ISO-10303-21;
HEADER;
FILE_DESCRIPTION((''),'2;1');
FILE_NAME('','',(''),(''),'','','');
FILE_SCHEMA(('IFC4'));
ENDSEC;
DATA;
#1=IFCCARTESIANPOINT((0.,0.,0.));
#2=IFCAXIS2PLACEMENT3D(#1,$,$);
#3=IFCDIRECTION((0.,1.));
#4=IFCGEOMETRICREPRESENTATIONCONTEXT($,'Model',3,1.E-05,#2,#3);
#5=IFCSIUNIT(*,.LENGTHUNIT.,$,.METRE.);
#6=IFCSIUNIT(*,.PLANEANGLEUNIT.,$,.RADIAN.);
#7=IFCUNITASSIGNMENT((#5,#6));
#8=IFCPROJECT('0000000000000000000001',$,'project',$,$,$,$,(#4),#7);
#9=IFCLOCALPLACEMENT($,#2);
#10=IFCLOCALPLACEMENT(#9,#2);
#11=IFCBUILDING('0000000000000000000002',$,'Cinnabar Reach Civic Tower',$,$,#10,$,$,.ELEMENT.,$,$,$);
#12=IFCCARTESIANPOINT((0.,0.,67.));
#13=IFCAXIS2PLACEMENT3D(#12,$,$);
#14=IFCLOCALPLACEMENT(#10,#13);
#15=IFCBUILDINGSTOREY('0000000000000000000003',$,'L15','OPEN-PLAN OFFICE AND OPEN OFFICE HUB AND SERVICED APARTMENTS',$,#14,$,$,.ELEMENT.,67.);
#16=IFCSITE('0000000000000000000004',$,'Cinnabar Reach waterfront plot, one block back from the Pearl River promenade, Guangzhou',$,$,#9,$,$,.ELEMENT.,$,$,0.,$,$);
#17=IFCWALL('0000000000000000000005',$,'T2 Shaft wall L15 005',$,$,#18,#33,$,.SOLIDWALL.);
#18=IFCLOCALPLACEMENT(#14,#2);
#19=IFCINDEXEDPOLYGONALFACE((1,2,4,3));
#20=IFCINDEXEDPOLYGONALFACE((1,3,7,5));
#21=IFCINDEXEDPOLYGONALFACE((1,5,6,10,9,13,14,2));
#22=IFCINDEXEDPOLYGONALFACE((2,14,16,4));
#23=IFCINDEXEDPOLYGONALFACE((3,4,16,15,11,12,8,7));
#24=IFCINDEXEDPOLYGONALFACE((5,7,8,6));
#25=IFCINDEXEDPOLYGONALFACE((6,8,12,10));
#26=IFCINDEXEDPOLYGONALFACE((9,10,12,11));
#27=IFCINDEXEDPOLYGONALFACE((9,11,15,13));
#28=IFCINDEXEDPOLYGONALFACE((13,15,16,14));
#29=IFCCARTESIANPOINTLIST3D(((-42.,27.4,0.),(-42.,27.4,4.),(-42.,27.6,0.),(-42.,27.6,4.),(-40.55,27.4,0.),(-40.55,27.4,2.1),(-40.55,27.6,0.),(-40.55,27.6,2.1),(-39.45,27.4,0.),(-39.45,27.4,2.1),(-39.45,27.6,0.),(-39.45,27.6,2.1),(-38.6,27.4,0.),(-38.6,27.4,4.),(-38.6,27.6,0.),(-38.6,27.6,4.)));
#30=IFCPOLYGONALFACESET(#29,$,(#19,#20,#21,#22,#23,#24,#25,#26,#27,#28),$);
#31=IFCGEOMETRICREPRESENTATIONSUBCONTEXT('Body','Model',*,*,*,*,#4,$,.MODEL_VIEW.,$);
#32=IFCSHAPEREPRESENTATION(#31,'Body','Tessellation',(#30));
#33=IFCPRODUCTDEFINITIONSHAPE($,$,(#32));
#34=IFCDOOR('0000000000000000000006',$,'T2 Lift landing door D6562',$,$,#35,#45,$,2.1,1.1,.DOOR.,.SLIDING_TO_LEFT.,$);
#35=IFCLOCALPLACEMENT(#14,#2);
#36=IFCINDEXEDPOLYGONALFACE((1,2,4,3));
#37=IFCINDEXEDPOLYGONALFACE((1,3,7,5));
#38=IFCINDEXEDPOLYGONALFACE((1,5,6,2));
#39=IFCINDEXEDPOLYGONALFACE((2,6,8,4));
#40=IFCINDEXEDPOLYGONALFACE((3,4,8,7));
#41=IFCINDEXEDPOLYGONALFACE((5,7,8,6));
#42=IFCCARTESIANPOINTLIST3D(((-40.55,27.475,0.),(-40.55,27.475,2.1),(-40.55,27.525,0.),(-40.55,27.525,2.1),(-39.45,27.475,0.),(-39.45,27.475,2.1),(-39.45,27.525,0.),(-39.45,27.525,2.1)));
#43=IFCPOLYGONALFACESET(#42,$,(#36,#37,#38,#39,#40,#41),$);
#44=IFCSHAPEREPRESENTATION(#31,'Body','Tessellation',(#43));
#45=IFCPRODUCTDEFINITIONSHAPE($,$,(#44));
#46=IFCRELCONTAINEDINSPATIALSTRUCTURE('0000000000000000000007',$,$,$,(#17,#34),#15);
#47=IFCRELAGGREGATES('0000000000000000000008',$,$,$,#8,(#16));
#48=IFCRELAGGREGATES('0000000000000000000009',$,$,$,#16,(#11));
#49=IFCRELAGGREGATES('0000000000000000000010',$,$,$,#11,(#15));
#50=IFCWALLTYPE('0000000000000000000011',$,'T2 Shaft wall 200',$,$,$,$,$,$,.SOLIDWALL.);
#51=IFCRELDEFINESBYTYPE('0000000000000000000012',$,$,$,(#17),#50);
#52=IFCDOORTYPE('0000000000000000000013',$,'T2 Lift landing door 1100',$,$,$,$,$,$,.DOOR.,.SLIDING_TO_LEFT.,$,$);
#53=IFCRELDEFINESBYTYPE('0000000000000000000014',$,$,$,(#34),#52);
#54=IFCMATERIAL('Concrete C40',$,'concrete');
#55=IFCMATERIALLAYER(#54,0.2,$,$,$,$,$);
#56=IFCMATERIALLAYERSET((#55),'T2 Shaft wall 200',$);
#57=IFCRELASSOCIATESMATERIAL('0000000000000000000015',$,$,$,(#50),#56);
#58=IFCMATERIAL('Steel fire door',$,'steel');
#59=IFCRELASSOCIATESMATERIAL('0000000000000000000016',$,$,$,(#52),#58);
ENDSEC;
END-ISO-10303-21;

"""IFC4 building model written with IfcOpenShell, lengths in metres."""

from ifc_helpers import new_model, si_unit, direction, frame, frame_2d, origin, place, context, subcontext, project, spatial, rectangle, extrude, material, layer, layer_set, type_object, element, fill, save


model = new_model("IFC4")

# Units and contexts
model_context = context("Model", 3, precision=1e-05, world=origin(), true_north=direction((0.0, 1.0)))
body_context = subcontext(model_context, "Body", "Model", "MODEL_VIEW")
ifc_project = project(units=[si_unit("LENGTHUNIT", "METRE"), si_unit("PLANEANGLEUNIT", "RADIAN")], contexts=[model_context])

# Site, building, storey
site_placement = place(None, origin())
site = spatial("IfcSite", under=ifc_project, at=site_placement, Name="Cinnabar Reach waterfront plot, one block back from the Pearl River promenade, Guangzhou", CompositionType="ELEMENT", RefElevation=0.0)
building_placement = place(site_placement, origin())
building = spatial("IfcBuilding", under=site, at=building_placement, Name="Cinnabar Reach Civic Tower", CompositionType="ELEMENT")
storey_placement = place(building_placement, frame((0.0, 0.0, 67.0)))
storey = spatial("IfcBuildingStorey", under=building, at=storey_placement, Name="L15", Description="OPEN-PLAN OFFICE AND OPEN OFFICE HUB AND SERVICED APARTMENTS", CompositionType="ELEMENT", Elevation=67.0)

# Wall, opening, door
ifc_material_1 = material(Name="Concrete C40", Category="concrete")
ifc_layer_1 = layer(ifc_material_1, 0.2)
ifc_layer_set_1 = layer_set([ifc_layer_1], Name="T2 Shaft wall 200")
wall_type_1 = type_object("IfcWallType", Name="T2 Shaft wall 200", PredefinedType="SOLIDWALL", material=ifc_layer_set_1)
wall_1_placement = place(storey_placement, frame((-42.0, 27.5, 0.0), z_axis=(0.0, 0.0, 1.0), x_axis=(1.0, 0.0, 0.0)))
wall_1 = element("IfcWall", 1, at=wall_1_placement, inside=storey, type_object=wall_type_1, Name="T2 Shaft wall L15 005", PredefinedType="SOLIDWALL", context=body_context, shape_type="SweptSolid", body=[
    extrude(rectangle(XDim=3.4, YDim=0.2, at=frame_2d((1.7, 0.0))), origin(), (0.0, 0.0, 1.0), 4.0),
])
opening_1_placement = place(wall_1_placement, frame((1.45, 0.0, 0.0)))
opening_1 = element("IfcOpeningElement", 2, at=opening_1_placement, cuts=wall_1, PredefinedType="OPENING", context=body_context, shape_type="SweptSolid", body=[
    extrude(rectangle(XDim=1.1, YDim=2.1, at=frame_2d((0.55, 1.05))), frame((0.0, 0.11, 0.0), z_axis=(0.0, -1.0, 0.0), x_axis=(1.0, 0.0, 0.0)), (0.0, 0.0, 1.0), 0.22),
])
ifc_material_2 = material(Name="Steel fire door", Category="steel")
door_type_1 = type_object("IfcDoorType", Name="T2 Lift landing door 1100", OperationType="SLIDING_TO_LEFT", PredefinedType="DOOR", material=ifc_material_2)
door_1_placement = place(opening_1_placement, origin())
door_1 = element("IfcDoor", 3, at=door_1_placement, inside=storey, type_object=door_type_1, Name="T2 Lift landing door D6562", OperationType="SLIDING_TO_LEFT", OverallHeight=2.1, OverallWidth=1.1, PredefinedType="DOOR", context=body_context, shape_type="SweptSolid", body=[
    extrude(rectangle(XDim=1.1, YDim=2.1, at=frame_2d((0.55, 1.05))), frame((0.0, 0.025, 0.0), z_axis=(0.0, -1.0, 0.0), x_axis=(1.0, 0.0, 0.0)), (0.0, 0.0, 1.0), 0.05),
])
fill(opening_1, door_1)

save(model, "model.ifc")
